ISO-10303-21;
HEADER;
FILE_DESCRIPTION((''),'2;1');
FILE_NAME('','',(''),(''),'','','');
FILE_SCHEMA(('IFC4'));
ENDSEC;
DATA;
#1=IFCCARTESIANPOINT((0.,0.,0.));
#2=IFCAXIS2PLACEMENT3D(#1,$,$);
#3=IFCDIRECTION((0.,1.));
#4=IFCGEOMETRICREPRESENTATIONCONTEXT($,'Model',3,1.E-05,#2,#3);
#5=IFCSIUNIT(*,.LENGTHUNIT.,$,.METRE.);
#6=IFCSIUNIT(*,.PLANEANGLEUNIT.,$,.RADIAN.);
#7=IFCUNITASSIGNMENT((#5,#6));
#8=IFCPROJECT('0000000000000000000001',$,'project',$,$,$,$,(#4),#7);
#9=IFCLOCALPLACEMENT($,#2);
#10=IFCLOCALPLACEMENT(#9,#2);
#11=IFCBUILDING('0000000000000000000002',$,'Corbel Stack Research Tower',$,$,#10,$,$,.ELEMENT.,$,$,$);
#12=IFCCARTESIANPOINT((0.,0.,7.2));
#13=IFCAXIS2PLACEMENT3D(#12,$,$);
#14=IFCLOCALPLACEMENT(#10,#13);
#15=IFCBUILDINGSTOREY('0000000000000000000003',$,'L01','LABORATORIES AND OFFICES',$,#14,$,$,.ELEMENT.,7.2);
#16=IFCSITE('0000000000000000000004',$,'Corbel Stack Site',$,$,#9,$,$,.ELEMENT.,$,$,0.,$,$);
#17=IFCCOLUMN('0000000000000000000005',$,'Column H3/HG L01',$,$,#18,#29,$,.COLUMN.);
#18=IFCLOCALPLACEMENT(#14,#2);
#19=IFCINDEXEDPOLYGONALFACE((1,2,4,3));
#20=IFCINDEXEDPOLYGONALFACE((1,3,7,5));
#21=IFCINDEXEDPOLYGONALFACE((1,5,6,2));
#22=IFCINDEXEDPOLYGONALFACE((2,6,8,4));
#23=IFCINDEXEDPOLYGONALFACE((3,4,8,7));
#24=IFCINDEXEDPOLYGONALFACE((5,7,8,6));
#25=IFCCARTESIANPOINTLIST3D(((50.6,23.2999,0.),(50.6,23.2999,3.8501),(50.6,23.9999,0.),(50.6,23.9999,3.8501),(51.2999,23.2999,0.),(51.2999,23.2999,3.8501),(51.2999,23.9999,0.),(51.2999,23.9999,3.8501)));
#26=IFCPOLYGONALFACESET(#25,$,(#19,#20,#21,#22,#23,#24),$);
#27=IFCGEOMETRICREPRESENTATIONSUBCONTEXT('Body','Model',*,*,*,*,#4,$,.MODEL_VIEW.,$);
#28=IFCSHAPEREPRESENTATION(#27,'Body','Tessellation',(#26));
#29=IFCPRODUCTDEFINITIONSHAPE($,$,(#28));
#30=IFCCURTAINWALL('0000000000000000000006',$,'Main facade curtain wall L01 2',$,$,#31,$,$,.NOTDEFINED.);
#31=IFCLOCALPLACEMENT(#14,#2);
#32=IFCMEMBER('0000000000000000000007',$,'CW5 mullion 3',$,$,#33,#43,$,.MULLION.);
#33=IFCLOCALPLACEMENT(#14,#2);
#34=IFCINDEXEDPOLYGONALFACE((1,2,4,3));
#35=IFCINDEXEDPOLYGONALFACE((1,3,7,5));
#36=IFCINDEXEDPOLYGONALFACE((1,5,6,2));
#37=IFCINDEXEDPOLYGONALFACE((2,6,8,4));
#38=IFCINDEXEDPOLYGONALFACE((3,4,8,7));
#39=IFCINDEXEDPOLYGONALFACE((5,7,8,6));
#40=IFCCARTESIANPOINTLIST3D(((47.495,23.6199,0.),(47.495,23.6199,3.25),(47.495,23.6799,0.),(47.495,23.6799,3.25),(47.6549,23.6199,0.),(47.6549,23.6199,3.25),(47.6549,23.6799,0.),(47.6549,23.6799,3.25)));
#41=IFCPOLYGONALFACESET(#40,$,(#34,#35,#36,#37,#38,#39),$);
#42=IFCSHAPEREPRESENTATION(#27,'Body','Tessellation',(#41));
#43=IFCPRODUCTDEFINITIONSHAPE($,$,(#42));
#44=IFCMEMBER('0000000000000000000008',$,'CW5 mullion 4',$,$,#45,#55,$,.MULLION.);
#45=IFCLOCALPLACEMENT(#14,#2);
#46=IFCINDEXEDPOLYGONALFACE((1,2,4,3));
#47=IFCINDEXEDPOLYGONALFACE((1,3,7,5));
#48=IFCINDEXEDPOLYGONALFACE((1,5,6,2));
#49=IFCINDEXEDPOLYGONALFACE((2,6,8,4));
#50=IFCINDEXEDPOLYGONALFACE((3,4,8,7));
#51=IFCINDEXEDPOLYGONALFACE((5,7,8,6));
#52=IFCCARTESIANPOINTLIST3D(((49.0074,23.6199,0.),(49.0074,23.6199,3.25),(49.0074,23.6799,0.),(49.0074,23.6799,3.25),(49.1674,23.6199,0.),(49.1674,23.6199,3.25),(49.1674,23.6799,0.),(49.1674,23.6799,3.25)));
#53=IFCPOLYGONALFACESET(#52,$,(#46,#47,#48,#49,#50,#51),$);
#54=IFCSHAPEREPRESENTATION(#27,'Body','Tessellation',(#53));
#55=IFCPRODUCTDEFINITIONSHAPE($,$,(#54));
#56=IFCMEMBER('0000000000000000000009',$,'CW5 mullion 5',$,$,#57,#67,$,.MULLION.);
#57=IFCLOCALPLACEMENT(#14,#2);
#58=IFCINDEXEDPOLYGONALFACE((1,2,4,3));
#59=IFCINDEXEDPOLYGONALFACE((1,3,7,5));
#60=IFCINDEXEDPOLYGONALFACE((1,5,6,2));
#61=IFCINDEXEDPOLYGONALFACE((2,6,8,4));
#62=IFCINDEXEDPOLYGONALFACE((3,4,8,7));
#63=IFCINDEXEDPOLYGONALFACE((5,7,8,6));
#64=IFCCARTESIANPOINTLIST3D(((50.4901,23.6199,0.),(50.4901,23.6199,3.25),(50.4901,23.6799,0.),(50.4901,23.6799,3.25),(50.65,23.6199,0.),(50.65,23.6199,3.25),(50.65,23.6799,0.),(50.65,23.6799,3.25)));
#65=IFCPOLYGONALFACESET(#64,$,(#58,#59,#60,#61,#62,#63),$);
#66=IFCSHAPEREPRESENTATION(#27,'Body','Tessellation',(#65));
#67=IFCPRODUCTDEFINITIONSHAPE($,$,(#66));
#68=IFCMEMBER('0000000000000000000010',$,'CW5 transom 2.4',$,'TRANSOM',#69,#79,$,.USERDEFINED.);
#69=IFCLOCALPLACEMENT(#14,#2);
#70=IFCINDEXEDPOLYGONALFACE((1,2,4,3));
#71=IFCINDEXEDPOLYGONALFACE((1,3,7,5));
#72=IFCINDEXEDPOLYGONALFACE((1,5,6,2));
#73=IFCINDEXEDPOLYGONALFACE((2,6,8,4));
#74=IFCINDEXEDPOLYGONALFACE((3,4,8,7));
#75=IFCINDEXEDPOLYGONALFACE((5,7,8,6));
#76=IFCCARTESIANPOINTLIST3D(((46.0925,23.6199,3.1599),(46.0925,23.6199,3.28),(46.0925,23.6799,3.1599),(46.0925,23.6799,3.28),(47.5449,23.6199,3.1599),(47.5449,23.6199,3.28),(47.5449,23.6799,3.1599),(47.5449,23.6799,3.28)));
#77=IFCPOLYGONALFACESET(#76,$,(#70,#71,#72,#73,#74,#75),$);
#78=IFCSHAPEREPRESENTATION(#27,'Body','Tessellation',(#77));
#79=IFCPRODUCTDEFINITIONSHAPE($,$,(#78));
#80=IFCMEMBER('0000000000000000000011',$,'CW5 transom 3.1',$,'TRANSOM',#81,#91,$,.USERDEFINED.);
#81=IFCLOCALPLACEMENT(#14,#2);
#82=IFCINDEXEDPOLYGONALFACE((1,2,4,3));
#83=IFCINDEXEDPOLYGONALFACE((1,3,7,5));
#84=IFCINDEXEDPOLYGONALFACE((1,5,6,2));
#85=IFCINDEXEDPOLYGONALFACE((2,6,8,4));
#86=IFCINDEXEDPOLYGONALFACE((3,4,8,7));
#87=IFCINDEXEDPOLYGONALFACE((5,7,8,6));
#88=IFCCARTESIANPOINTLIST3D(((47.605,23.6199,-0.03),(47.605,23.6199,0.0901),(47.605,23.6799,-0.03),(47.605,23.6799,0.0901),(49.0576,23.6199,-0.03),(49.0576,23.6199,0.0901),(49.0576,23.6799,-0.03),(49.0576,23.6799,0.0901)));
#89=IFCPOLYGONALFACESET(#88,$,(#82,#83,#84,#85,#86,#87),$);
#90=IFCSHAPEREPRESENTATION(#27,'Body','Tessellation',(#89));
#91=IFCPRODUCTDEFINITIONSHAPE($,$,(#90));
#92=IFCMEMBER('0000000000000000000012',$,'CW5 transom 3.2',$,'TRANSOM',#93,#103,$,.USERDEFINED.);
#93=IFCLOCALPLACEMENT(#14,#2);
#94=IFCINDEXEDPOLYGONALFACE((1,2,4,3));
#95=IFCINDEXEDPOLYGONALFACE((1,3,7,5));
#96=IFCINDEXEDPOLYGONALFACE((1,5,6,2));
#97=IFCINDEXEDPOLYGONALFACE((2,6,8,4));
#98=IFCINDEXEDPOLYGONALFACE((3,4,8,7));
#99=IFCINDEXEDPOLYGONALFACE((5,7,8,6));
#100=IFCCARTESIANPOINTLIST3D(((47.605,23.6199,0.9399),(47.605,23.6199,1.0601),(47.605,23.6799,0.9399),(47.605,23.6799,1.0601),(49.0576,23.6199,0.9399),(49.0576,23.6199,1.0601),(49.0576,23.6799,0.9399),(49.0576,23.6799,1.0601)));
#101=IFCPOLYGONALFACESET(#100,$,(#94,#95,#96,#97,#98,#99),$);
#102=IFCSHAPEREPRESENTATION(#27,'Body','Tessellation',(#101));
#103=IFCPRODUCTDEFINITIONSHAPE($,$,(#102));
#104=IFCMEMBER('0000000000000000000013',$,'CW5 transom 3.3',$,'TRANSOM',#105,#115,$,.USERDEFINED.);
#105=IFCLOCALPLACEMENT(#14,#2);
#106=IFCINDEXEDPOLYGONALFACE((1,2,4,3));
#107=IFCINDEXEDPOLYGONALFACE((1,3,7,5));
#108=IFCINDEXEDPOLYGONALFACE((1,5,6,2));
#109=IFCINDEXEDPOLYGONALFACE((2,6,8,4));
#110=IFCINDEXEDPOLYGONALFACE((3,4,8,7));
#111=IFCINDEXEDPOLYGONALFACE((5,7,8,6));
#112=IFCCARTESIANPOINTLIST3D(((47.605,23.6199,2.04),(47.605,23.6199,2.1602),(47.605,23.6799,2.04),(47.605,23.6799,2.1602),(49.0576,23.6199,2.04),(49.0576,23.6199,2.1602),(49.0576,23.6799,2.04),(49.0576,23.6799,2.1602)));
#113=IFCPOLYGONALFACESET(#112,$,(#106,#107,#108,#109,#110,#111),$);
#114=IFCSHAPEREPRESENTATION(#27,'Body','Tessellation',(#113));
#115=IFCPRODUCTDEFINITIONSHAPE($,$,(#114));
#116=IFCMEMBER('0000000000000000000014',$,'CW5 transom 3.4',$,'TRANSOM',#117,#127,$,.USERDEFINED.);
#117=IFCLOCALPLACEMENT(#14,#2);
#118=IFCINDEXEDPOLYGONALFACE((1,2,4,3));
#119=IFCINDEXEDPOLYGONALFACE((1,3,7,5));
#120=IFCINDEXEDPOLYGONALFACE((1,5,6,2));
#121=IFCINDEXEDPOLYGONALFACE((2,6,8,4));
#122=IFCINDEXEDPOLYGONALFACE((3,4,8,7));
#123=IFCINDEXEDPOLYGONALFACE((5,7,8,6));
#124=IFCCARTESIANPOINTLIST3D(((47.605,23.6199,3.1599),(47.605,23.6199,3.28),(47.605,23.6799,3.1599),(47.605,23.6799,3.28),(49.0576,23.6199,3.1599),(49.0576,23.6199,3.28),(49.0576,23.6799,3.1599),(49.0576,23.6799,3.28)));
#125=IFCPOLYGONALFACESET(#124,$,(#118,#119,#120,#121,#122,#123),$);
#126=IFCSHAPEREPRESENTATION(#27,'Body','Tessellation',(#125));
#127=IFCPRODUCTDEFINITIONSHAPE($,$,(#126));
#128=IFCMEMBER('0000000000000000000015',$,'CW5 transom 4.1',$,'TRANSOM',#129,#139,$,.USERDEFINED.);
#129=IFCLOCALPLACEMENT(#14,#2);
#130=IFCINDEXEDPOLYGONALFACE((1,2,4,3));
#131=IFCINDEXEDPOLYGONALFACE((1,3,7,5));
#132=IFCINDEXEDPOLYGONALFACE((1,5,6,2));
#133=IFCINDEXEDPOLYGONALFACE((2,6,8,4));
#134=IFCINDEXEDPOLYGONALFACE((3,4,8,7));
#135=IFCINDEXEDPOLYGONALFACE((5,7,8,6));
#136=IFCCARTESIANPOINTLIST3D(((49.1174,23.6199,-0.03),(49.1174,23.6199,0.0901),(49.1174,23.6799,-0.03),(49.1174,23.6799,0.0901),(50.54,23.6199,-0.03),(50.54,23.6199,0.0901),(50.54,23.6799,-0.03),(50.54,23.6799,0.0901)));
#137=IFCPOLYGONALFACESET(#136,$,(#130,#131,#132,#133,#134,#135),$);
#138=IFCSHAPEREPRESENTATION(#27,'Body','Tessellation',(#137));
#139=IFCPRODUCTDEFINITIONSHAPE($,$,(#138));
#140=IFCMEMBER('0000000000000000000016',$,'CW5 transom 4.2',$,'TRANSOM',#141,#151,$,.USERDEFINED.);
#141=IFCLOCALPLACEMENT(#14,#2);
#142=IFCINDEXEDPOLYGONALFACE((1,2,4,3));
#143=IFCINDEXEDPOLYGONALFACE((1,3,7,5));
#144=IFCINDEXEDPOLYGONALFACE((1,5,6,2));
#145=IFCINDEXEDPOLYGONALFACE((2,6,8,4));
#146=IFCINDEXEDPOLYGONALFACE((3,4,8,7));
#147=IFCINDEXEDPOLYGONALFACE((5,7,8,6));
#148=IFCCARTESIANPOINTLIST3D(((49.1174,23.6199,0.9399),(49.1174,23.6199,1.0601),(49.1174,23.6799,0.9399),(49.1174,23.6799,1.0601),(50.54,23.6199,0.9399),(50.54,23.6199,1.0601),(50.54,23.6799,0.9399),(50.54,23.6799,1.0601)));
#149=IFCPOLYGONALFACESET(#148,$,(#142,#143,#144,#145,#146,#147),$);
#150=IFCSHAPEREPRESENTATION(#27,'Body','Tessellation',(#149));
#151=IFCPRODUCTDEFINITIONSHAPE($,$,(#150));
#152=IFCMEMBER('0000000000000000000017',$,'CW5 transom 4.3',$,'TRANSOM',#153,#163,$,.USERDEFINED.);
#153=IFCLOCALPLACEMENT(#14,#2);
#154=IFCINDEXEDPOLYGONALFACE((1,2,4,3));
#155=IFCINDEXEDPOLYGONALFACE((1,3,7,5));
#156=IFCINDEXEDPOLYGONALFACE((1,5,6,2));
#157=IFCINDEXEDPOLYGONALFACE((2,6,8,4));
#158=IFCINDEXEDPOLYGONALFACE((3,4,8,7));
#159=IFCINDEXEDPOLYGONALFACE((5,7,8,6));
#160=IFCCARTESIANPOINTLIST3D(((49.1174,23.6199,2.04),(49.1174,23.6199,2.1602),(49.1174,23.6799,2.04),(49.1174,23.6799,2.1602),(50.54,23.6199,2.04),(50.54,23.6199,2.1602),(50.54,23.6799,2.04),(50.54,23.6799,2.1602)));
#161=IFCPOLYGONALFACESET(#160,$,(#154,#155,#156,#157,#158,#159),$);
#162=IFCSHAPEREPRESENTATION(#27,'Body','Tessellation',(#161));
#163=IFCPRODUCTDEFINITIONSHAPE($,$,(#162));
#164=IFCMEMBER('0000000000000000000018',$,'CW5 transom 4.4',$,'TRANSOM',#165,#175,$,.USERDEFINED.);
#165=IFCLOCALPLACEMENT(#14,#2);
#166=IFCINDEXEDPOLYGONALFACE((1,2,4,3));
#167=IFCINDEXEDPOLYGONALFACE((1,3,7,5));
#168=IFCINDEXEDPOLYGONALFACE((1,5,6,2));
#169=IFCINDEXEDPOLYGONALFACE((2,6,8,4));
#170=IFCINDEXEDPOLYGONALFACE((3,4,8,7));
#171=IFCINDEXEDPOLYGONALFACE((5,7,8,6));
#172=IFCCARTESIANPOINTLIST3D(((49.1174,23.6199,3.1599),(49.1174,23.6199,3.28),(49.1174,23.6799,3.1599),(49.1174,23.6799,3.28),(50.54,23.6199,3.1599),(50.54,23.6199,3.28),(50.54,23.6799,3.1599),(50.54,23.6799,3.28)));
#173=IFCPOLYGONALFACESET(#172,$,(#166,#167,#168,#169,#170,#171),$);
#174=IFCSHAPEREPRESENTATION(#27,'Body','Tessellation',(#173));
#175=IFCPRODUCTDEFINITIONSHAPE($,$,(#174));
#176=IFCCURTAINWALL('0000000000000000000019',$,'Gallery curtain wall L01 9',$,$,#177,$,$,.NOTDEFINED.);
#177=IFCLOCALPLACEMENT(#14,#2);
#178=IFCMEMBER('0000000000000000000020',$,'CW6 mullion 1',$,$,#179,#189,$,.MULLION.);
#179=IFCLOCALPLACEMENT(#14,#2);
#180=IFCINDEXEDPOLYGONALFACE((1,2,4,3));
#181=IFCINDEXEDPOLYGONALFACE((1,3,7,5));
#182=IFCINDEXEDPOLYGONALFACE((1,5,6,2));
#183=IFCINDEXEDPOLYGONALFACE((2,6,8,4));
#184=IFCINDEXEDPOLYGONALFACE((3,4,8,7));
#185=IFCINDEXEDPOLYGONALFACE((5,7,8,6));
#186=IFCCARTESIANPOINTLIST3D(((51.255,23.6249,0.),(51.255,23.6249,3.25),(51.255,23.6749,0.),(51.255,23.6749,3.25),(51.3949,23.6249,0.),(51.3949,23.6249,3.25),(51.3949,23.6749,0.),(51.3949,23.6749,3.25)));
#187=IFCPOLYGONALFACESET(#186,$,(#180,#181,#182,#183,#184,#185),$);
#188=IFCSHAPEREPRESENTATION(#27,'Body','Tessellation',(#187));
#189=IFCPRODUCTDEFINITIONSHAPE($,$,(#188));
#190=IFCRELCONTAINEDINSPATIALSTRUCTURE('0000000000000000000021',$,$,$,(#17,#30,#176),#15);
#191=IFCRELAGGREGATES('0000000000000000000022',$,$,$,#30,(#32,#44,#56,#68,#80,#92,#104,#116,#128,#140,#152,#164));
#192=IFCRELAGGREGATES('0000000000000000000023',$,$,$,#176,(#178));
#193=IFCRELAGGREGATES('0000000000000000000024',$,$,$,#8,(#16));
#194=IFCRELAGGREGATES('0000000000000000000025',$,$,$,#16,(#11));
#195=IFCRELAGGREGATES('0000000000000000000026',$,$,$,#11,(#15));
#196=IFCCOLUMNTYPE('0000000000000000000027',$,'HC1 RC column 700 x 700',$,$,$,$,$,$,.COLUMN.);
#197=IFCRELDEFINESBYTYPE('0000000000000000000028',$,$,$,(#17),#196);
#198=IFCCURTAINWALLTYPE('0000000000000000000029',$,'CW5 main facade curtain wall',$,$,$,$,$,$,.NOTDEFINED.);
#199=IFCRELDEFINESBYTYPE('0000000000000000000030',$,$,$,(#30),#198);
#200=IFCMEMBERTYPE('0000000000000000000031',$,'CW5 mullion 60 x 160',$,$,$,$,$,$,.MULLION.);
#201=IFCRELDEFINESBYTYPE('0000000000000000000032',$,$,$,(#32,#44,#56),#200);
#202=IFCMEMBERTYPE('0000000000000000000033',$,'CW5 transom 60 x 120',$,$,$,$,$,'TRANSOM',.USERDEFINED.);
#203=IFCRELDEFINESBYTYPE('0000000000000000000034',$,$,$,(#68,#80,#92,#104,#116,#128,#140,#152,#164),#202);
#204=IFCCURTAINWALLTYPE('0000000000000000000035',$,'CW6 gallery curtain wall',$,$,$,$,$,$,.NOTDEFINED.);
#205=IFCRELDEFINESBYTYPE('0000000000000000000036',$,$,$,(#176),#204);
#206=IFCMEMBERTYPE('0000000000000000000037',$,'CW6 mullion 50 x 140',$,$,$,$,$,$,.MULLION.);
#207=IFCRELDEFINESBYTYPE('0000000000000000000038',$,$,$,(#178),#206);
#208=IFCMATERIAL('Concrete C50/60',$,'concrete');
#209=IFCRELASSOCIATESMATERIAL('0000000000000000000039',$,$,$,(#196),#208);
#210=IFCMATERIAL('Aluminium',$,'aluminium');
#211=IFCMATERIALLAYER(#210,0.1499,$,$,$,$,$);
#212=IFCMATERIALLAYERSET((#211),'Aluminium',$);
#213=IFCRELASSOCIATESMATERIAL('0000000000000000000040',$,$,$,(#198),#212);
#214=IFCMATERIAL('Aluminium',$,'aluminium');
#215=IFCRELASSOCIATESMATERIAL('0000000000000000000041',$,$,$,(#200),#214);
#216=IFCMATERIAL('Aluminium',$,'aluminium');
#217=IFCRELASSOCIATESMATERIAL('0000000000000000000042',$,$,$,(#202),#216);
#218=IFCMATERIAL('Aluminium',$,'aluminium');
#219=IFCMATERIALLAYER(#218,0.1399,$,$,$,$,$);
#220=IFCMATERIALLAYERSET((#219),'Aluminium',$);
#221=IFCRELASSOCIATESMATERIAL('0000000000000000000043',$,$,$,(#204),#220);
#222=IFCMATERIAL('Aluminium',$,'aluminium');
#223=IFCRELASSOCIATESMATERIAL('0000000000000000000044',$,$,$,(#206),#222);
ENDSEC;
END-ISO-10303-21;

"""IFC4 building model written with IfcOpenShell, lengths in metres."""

from ifc_helpers import new_model, si_unit, direction, frame, origin, origin_2d, place, context, subcontext, project, spatial, rectangle, extrude, material, layer, layer_set, material_profile, profile_set, type_object, element, aggregate, save


model = new_model("IFC4")

# Units and contexts
model_context = context("Model", 3, precision=1e-05, world=origin(), true_north=direction((0.0, 1.0)))
body_context = subcontext(model_context, "Body", "Model", "MODEL_VIEW")
ifc_project = project(units=[si_unit("LENGTHUNIT", "METRE"), si_unit("PLANEANGLEUNIT", "RADIAN")], contexts=[model_context])

# Site, building, storey
site_placement = place(None, origin())
site = spatial("IfcSite", under=ifc_project, at=site_placement, Name="Corbel Stack Site", CompositionType="ELEMENT", RefElevation=0.0)
building_placement = place(site_placement, origin())
building = spatial("IfcBuilding", under=site, at=building_placement, Name="Corbel Stack Research Tower", CompositionType="ELEMENT")
storey_placement = place(building_placement, frame((0.0, 0.0, 7.2)))
storey = spatial("IfcBuildingStorey", under=building, at=storey_placement, Name="L01", Description="LABORATORIES AND OFFICES", CompositionType="ELEMENT", Elevation=7.2)

# Column
ifc_material_1 = material(Name="Concrete C50/60", Category="concrete")
ifc_material_profile_1 = material_profile(ifc_material_1, rectangle(XDim=0.7, YDim=0.7, at=origin_2d()), Name="RC 700 x 700")
ifc_profile_set_1 = profile_set([ifc_material_profile_1], Name="Concrete C50/60")
column_type = type_object("IfcColumnType", Name="HC1 RC column 700 x 700", PredefinedType="COLUMN", material=ifc_profile_set_1)
column_placement = place(storey_placement, frame((50.95, 23.6499, 0.0), z_axis=(0.0, 0.0, 1.0), x_axis=(1.0, 0.0, 0.0)))
element("IfcColumn", 1, at=column_placement, inside=storey, type_object=column_type, Name="Column H3/HG L01", PredefinedType="COLUMN", context=body_context, shape_type="SweptSolid", body=[
    extrude(rectangle(XDim=0.7, YDim=0.7, at=origin_2d()), origin(), (0.0, 0.0, 1.0), 3.8501),
])

# Curtain walls, members
ifc_material_2 = material(Name="Aluminium", Category="aluminium")
ifc_layer_1 = layer(ifc_material_2, 0.1499)
ifc_layer_set_1 = layer_set([ifc_layer_1], Name="Aluminium")
curtain_wall_type_1 = type_object("IfcCurtainWallType", Name="CW5 main facade curtain wall", PredefinedType="NOTDEFINED", material=ifc_layer_set_1)
curtain_wall_1_placement = place(storey_placement, origin())
curtain_wall_1 = element("IfcCurtainWall", 2, at=curtain_wall_1_placement, inside=storey, type_object=curtain_wall_type_1, Name="Main facade curtain wall L01 2", PredefinedType="NOTDEFINED")
ifc_material_3 = material(Name="Aluminium", Category="aluminium")
ifc_material_profile_2 = material_profile(ifc_material_3, rectangle(XDim=0.0601, YDim=0.1599, at=origin_2d()), Name="Mullion 60 x 160")
ifc_profile_set_2 = profile_set([ifc_material_profile_2], Name="Aluminium")
member_type_1 = type_object("IfcMemberType", Name="CW5 mullion 60 x 160", PredefinedType="MULLION", material=ifc_profile_set_2)
member_1_placement = place(storey_placement, frame((47.575, 23.6499, 0.0), z_axis=(0.0, 0.0, 1.0), x_axis=(0.0, 1.0, 0.0)))
member_1 = element("IfcMember", 3, at=member_1_placement, type_object=member_type_1, Name="CW5 mullion 3", PredefinedType="MULLION", context=body_context, shape_type="SweptSolid", body=[
    extrude(rectangle(XDim=0.0601, YDim=0.1599, at=origin_2d()), origin(), (0.0, 0.0, 1.0), 3.25),
])
member_2_placement = place(storey_placement, frame((49.0874, 23.6499, 0.0), z_axis=(0.0, 0.0, 1.0), x_axis=(0.0, 1.0, 0.0)))
member_2 = element("IfcMember", 4, at=member_2_placement, type_object=member_type_1, Name="CW5 mullion 4", PredefinedType="MULLION", context=body_context, shape_type="SweptSolid", body=[
    extrude(rectangle(XDim=0.0601, YDim=0.1599, at=origin_2d()), origin(), (0.0, 0.0, 1.0), 3.25),
])
member_3_placement = place(storey_placement, frame((50.5701, 23.6499, 0.0), z_axis=(0.0, 0.0, 1.0), x_axis=(0.0, 1.0, 0.0)))
member_3 = element("IfcMember", 5, at=member_3_placement, type_object=member_type_1, Name="CW5 mullion 5", PredefinedType="MULLION", context=body_context, shape_type="SweptSolid", body=[
    extrude(rectangle(XDim=0.0601, YDim=0.1599, at=origin_2d()), origin(), (0.0, 0.0, 1.0), 3.25),
])
ifc_material_4 = material(Name="Aluminium", Category="aluminium")
ifc_material_profile_3 = material_profile(ifc_material_4, rectangle(XDim=0.0601, YDim=0.1201, at=origin_2d()), Name="Transom 60 x 120")
ifc_profile_set_3 = profile_set([ifc_material_profile_3], Name="Aluminium")
member_type_2 = type_object("IfcMemberType", Name="CW5 transom 60 x 120", ElementType="TRANSOM", PredefinedType="USERDEFINED", material=ifc_profile_set_3)
member_4_placement = place(storey_placement, frame((46.0925, 23.6499, 3.22), z_axis=(1.0, 0.0, 0.0), x_axis=(0.0, 1.0, 0.0)))
member_4 = element("IfcMember", 6, at=member_4_placement, type_object=member_type_2, Name="CW5 transom 2.4", ObjectType="TRANSOM", PredefinedType="USERDEFINED", context=body_context, shape_type="SweptSolid", body=[
    extrude(rectangle(XDim=0.0601, YDim=0.1201, at=origin_2d()), origin(), (0.0, 0.0, 1.0), 1.4524),
])
member_5_placement = place(storey_placement, frame((47.605, 23.6499, 0.03), z_axis=(1.0, 0.0, 0.0), x_axis=(0.0, 1.0, 0.0)))
member_5 = element("IfcMember", 7, at=member_5_placement, type_object=member_type_2, Name="CW5 transom 3.1", ObjectType="TRANSOM", PredefinedType="USERDEFINED", context=body_context, shape_type="SweptSolid", body=[
    extrude(rectangle(XDim=0.0601, YDim=0.1201, at=origin_2d()), origin(), (0.0, 0.0, 1.0), 1.4526),
])
member_6_placement = place(storey_placement, frame((47.605, 23.6499, 1.0), z_axis=(1.0, 0.0, 0.0), x_axis=(0.0, 1.0, 0.0)))
member_6 = element("IfcMember", 8, at=member_6_placement, type_object=member_type_2, Name="CW5 transom 3.2", ObjectType="TRANSOM", PredefinedType="USERDEFINED", context=body_context, shape_type="SweptSolid", body=[
    extrude(rectangle(XDim=0.0601, YDim=0.1201, at=origin_2d()), origin(), (0.0, 0.0, 1.0), 1.4526),
])
member_7_placement = place(storey_placement, frame((47.605, 23.6499, 2.1001), z_axis=(1.0, 0.0, 0.0), x_axis=(0.0, 1.0, 0.0)))
member_7 = element("IfcMember", 9, at=member_7_placement, type_object=member_type_2, Name="CW5 transom 3.3", ObjectType="TRANSOM", PredefinedType="USERDEFINED", context=body_context, shape_type="SweptSolid", body=[
    extrude(rectangle(XDim=0.0601, YDim=0.1201, at=origin_2d()), origin(), (0.0, 0.0, 1.0), 1.4526),
])
member_8_placement = place(storey_placement, frame((47.605, 23.6499, 3.22), z_axis=(1.0, 0.0, 0.0), x_axis=(0.0, 1.0, 0.0)))
member_8 = element("IfcMember", 10, at=member_8_placement, type_object=member_type_2, Name="CW5 transom 3.4", ObjectType="TRANSOM", PredefinedType="USERDEFINED", context=body_context, shape_type="SweptSolid", body=[
    extrude(rectangle(XDim=0.0601, YDim=0.1201, at=origin_2d()), origin(), (0.0, 0.0, 1.0), 1.4526),
])
member_9_placement = place(storey_placement, frame((49.1174, 23.6499, 0.03), z_axis=(1.0, 0.0, 0.0), x_axis=(0.0, 1.0, 0.0)))
member_9 = element("IfcMember", 11, at=member_9_placement, type_object=member_type_2, Name="CW5 transom 4.1", ObjectType="TRANSOM", PredefinedType="USERDEFINED", context=body_context, shape_type="SweptSolid", body=[
    extrude(rectangle(XDim=0.0601, YDim=0.1201, at=origin_2d()), origin(), (0.0, 0.0, 1.0), 1.4226),
])
member_10_placement = place(storey_placement, frame((49.1174, 23.6499, 1.0), z_axis=(1.0, 0.0, 0.0), x_axis=(0.0, 1.0, 0.0)))
member_10 = element("IfcMember", 12, at=member_10_placement, type_object=member_type_2, Name="CW5 transom 4.2", ObjectType="TRANSOM", PredefinedType="USERDEFINED", context=body_context, shape_type="SweptSolid", body=[
    extrude(rectangle(XDim=0.0601, YDim=0.1201, at=origin_2d()), origin(), (0.0, 0.0, 1.0), 1.4226),
])
member_11_placement = place(storey_placement, frame((49.1174, 23.6499, 2.1001), z_axis=(1.0, 0.0, 0.0), x_axis=(0.0, 1.0, 0.0)))
member_11 = element("IfcMember", 13, at=member_11_placement, type_object=member_type_2, Name="CW5 transom 4.3", ObjectType="TRANSOM", PredefinedType="USERDEFINED", context=body_context, shape_type="SweptSolid", body=[
    extrude(rectangle(XDim=0.0601, YDim=0.1201, at=origin_2d()), origin(), (0.0, 0.0, 1.0), 1.4226),
])
member_12_placement = place(storey_placement, frame((49.1174, 23.6499, 3.22), z_axis=(1.0, 0.0, 0.0), x_axis=(0.0, 1.0, 0.0)))
member_12 = element("IfcMember", 14, at=member_12_placement, type_object=member_type_2, Name="CW5 transom 4.4", ObjectType="TRANSOM", PredefinedType="USERDEFINED", context=body_context, shape_type="SweptSolid", body=[
    extrude(rectangle(XDim=0.0601, YDim=0.1201, at=origin_2d()), origin(), (0.0, 0.0, 1.0), 1.4226),
])
ifc_material_5 = material(Name="Aluminium", Category="aluminium")
ifc_layer_2 = layer(ifc_material_5, 0.1399)
ifc_layer_set_2 = layer_set([ifc_layer_2], Name="Aluminium")
curtain_wall_type_2 = type_object("IfcCurtainWallType", Name="CW6 gallery curtain wall", PredefinedType="NOTDEFINED", material=ifc_layer_set_2)
curtain_wall_2_placement = place(storey_placement, origin())
curtain_wall_2 = element("IfcCurtainWall", 15, at=curtain_wall_2_placement, inside=storey, type_object=curtain_wall_type_2, Name="Gallery curtain wall L01 9", PredefinedType="NOTDEFINED")
ifc_material_6 = material(Name="Aluminium", Category="aluminium")
ifc_material_profile_4 = material_profile(ifc_material_6, rectangle(XDim=0.05, YDim=0.1399, at=origin_2d()), Name="Mullion 50 x 140")
ifc_profile_set_4 = profile_set([ifc_material_profile_4], Name="Aluminium")
member_type_3 = type_object("IfcMemberType", Name="CW6 mullion 50 x 140", PredefinedType="MULLION", material=ifc_profile_set_4)
member_13_placement = place(storey_placement, frame((51.325, 23.6499, 0.0), z_axis=(0.0, 0.0, 1.0), x_axis=(0.0, 1.0, 0.0)))
member_13 = element("IfcMember", 16, at=member_13_placement, type_object=member_type_3, Name="CW6 mullion 1", PredefinedType="MULLION", context=body_context, shape_type="SweptSolid", body=[
    extrude(rectangle(XDim=0.05, YDim=0.1399, at=origin_2d()), origin(), (0.0, 0.0, 1.0), 3.25),
])

aggregate(curtain_wall_1, [member_1, member_2, member_3, member_4, member_5, member_6, member_7, member_8, member_9, member_10, member_11, member_12])
aggregate(curtain_wall_2, [member_13])

save(model, "model.ifc")
